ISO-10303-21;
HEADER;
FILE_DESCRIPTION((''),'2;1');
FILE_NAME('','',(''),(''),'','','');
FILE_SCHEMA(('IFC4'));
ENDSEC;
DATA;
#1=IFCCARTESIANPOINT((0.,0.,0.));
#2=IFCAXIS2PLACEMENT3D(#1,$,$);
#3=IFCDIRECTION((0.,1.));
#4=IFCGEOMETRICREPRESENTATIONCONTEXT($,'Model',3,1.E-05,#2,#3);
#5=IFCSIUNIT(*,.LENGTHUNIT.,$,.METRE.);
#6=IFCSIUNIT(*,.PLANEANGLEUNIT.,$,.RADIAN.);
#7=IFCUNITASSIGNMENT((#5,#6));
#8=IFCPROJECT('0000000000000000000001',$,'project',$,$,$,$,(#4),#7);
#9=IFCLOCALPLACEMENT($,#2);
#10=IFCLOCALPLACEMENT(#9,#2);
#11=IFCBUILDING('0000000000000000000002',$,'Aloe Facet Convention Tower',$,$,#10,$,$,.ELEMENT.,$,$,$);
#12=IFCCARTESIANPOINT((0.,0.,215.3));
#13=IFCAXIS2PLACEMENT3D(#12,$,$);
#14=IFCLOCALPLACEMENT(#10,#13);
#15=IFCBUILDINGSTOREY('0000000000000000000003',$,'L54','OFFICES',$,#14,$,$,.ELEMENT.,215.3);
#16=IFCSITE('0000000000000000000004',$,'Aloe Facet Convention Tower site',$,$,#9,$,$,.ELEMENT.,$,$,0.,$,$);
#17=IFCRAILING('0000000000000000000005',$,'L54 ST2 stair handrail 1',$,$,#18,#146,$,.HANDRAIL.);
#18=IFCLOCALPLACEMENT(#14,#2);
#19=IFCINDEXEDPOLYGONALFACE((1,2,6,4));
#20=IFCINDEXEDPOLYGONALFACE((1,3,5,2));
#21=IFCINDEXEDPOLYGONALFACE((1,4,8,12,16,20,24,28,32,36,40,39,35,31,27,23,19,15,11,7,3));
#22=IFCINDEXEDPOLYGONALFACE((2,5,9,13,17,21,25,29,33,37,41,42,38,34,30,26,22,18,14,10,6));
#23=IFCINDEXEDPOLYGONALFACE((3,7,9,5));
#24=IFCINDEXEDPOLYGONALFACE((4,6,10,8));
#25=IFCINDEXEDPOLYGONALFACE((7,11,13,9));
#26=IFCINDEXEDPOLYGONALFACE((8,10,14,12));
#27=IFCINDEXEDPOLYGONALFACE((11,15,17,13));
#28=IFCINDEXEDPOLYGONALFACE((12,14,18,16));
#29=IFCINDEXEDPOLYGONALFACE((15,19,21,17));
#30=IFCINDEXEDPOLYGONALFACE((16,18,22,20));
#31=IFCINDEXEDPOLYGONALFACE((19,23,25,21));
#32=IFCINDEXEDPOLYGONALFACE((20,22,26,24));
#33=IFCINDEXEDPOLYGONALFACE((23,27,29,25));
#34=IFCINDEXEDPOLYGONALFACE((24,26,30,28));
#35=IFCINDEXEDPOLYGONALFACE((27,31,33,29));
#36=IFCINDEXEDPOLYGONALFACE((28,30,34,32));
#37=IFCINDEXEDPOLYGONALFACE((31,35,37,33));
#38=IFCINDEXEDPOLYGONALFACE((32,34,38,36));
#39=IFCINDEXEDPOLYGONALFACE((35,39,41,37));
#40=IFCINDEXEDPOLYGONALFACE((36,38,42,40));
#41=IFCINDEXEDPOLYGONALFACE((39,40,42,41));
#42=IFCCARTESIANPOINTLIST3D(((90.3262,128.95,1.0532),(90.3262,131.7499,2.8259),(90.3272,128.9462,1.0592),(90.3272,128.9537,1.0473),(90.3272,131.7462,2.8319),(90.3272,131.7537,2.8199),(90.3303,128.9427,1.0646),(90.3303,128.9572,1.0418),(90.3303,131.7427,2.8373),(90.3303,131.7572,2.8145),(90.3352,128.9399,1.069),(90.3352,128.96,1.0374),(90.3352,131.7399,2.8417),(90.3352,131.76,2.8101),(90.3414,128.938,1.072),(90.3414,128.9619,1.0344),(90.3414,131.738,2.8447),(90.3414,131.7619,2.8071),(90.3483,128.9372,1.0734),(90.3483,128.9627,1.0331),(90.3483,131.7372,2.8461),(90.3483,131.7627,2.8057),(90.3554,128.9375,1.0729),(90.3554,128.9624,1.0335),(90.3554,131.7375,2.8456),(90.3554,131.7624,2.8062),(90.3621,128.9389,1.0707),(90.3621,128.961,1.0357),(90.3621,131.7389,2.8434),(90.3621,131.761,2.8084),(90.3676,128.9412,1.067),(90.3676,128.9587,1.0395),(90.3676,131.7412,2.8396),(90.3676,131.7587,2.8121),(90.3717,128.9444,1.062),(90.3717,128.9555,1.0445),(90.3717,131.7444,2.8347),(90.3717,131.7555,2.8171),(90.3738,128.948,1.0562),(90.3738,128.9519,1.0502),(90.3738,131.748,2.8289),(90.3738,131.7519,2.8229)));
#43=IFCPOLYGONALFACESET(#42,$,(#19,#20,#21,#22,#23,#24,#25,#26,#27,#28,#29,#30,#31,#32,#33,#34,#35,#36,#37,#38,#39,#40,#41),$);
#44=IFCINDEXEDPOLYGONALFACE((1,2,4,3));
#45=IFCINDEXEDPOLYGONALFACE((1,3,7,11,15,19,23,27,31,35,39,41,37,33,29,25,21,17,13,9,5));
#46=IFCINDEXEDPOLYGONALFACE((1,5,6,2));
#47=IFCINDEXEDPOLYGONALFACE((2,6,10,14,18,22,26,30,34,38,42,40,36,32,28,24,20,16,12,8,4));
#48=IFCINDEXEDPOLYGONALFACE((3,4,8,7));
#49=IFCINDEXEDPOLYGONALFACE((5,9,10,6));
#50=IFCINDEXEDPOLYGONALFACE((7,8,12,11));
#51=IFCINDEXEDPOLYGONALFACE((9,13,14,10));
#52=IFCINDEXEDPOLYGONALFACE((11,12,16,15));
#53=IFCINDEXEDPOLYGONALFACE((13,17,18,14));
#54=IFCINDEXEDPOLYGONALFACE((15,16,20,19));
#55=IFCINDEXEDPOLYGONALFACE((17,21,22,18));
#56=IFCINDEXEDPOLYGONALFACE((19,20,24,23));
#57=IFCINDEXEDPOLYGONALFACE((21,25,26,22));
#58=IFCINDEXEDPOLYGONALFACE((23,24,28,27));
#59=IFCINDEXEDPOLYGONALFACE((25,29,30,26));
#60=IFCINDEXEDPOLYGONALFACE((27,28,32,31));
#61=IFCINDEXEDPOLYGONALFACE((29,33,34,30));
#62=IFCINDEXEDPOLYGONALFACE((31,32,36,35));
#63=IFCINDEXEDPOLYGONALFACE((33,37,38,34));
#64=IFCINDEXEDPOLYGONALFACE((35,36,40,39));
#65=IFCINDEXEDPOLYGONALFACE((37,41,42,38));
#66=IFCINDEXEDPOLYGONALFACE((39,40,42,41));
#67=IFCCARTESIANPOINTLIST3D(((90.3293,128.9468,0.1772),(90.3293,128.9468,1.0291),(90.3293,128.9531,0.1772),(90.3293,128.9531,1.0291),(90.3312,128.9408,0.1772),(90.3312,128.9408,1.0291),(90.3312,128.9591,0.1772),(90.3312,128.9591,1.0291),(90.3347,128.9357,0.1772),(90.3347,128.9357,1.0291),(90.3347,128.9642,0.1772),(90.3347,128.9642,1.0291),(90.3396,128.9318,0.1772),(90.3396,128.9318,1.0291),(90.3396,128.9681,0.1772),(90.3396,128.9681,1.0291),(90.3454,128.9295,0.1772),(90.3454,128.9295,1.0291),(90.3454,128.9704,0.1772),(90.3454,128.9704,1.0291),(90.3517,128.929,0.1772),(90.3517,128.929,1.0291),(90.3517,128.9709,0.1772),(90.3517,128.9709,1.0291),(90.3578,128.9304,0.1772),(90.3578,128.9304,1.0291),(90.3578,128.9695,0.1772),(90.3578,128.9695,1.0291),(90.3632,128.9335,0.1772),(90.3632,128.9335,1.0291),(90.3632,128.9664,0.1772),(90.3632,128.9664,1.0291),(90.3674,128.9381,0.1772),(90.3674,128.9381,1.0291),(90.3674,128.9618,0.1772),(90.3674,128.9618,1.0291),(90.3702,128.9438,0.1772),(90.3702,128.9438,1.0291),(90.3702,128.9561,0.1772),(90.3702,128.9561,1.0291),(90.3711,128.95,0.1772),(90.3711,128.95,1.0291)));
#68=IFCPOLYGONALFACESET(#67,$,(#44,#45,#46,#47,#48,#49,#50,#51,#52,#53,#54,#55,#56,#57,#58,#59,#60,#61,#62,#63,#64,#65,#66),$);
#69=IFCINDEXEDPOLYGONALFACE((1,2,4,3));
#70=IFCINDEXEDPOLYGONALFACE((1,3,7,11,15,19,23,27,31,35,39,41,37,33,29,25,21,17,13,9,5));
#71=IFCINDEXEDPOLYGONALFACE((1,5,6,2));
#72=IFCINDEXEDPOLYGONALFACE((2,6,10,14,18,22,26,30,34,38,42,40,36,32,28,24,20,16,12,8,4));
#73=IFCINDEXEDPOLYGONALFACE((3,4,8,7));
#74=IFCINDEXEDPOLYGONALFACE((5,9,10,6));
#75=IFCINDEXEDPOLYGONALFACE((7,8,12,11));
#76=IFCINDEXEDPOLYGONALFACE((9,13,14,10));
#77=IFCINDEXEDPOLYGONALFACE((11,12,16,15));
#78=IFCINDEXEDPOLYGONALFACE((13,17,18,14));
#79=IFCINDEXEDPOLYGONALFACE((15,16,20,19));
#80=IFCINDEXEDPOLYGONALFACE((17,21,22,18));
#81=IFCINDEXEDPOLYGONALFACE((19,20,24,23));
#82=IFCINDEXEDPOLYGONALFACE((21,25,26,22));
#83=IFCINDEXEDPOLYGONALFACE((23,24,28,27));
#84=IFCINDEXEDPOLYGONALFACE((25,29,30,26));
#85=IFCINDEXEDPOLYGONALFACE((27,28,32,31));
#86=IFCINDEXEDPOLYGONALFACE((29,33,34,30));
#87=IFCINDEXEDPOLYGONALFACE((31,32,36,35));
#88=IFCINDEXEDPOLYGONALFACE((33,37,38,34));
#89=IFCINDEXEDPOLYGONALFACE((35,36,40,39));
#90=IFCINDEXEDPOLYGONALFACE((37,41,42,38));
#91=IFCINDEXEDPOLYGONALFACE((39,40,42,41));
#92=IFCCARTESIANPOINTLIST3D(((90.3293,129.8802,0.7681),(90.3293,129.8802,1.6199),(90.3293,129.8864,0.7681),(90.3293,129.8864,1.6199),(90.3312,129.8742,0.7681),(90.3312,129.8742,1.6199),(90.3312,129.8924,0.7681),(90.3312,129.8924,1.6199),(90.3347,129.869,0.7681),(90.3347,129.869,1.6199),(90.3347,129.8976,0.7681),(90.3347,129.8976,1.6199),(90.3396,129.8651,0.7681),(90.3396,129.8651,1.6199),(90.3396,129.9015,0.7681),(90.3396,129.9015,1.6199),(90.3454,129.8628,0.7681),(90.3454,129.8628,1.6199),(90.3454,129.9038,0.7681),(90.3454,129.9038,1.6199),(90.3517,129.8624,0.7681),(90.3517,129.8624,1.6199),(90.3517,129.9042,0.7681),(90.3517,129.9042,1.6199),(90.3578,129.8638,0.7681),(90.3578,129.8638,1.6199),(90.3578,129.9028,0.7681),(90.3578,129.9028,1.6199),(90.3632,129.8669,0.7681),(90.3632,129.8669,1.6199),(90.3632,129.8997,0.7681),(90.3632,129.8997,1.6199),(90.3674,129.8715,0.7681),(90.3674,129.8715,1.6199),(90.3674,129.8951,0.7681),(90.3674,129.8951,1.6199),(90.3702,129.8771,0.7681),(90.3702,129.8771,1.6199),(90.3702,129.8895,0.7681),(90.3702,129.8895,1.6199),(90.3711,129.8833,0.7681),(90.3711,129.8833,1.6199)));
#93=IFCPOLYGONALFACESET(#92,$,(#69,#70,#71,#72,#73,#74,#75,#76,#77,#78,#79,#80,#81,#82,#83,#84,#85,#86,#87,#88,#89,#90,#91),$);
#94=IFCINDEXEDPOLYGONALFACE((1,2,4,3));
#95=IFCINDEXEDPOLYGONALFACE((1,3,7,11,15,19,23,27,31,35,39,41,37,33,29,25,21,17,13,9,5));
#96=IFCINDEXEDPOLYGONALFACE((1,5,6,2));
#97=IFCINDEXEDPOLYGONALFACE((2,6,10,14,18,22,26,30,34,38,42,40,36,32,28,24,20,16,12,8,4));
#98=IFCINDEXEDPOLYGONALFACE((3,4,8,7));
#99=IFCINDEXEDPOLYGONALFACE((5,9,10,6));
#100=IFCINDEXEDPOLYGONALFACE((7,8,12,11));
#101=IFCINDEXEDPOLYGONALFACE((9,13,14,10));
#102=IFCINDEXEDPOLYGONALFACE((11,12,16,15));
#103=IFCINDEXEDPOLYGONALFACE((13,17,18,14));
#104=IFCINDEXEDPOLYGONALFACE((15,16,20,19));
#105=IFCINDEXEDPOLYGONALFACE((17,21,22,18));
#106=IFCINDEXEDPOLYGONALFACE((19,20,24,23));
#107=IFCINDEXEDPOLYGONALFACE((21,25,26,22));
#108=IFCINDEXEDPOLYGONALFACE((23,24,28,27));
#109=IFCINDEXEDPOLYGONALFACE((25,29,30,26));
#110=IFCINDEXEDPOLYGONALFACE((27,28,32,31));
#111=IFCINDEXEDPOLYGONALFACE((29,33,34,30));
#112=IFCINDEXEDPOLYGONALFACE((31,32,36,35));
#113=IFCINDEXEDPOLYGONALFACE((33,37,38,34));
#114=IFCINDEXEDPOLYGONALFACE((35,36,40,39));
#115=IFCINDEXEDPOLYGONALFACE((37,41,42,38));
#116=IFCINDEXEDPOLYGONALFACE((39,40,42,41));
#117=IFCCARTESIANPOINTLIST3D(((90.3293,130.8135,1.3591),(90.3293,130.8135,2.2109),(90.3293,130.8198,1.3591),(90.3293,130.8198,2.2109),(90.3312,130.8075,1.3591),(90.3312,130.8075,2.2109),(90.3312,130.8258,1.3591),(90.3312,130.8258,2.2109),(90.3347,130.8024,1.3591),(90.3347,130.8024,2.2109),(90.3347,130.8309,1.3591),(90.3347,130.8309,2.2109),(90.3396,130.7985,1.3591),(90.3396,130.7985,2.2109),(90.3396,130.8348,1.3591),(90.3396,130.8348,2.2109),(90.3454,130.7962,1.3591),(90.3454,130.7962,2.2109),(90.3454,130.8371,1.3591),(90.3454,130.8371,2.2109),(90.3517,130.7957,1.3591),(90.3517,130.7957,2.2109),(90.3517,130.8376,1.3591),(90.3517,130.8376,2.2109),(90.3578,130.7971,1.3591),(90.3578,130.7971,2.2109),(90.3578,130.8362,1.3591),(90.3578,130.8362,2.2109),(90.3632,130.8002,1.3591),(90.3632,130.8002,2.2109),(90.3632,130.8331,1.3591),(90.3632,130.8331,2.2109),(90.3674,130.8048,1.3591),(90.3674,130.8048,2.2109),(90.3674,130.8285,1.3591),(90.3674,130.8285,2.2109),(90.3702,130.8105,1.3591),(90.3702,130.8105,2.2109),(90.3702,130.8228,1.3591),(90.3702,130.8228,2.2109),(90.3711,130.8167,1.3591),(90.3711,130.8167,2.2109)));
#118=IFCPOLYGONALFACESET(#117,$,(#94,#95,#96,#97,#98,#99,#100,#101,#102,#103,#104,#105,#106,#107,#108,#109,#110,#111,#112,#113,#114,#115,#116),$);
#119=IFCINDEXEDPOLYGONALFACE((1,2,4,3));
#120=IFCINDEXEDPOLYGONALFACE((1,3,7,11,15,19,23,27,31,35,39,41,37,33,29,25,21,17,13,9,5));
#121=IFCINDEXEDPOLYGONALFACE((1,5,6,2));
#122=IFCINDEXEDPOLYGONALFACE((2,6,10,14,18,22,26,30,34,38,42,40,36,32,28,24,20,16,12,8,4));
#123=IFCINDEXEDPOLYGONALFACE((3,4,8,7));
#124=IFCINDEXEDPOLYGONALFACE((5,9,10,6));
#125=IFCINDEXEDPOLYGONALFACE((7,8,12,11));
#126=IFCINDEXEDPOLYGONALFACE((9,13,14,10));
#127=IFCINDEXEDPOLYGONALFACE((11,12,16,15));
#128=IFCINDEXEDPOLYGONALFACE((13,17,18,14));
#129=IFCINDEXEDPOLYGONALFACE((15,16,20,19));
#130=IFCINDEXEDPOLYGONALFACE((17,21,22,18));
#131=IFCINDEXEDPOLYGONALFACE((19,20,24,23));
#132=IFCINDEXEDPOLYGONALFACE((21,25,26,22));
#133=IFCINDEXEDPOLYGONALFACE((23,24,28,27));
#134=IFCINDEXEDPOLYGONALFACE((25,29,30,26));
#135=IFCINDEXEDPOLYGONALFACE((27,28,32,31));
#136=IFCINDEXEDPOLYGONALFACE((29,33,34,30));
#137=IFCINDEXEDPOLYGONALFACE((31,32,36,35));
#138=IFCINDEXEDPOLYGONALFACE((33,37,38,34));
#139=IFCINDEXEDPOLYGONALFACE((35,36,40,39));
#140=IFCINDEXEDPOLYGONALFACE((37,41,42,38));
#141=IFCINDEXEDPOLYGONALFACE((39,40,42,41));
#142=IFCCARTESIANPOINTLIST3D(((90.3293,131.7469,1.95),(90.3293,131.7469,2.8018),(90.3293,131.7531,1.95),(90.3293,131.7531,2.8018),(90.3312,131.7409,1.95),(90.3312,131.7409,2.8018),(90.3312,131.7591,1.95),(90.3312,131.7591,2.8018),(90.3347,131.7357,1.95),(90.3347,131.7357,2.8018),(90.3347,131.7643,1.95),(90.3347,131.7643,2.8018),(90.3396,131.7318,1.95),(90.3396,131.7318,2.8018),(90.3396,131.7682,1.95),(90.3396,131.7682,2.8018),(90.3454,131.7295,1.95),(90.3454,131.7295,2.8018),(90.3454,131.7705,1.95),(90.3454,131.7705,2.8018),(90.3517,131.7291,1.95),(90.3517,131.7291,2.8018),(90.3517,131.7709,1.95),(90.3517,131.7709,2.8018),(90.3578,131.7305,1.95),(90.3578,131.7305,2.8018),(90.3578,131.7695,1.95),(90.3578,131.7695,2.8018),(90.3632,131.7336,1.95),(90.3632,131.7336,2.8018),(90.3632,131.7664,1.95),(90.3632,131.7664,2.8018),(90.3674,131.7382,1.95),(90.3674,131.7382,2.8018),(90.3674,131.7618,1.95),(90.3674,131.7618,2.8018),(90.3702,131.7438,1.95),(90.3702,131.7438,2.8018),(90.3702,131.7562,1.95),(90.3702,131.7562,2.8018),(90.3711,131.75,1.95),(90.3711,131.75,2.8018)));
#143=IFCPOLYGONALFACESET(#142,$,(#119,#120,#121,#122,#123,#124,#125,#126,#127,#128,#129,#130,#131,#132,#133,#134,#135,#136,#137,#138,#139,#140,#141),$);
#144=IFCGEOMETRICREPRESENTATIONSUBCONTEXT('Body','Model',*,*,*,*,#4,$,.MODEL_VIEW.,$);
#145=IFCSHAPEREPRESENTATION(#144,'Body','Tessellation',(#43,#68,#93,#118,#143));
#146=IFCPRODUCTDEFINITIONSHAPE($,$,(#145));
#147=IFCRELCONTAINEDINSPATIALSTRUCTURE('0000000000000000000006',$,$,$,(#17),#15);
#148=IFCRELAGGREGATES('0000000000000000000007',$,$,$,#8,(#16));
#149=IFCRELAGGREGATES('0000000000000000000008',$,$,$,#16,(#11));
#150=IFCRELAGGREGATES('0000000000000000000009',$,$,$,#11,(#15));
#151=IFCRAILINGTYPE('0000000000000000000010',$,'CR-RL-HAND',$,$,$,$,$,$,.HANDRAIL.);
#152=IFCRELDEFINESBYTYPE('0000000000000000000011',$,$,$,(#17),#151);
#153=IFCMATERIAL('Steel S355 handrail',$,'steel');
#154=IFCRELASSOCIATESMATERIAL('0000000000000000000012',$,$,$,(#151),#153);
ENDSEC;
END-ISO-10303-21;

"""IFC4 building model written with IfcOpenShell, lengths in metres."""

from ifc_helpers import new_model, si_unit, direction, frame, origin, origin_2d, place, context, subcontext, project, spatial, circle, extrude, material, type_object, element, save


model = new_model("IFC4")

# Units and contexts
model_context = context("Model", 3, precision=1e-05, world=origin(), true_north=direction((0.0, 1.0)))
body_context = subcontext(model_context, "Body", "Model", "MODEL_VIEW")
ifc_project = project(units=[si_unit("LENGTHUNIT", "METRE"), si_unit("PLANEANGLEUNIT", "RADIAN")], contexts=[model_context])

# Site, building, storey
site_placement = place(None, origin())
site = spatial("IfcSite", under=ifc_project, at=site_placement, Name="Aloe Facet Convention Tower site", CompositionType="ELEMENT", RefElevation=0.0)
building_placement = place(site_placement, origin())
building = spatial("IfcBuilding", under=site, at=building_placement, Name="Aloe Facet Convention Tower", CompositionType="ELEMENT")
storey_placement = place(building_placement, frame((0.0, 0.0, 215.3)))
storey = spatial("IfcBuildingStorey", under=building, at=storey_placement, Name="L54", Description="OFFICES", CompositionType="ELEMENT", Elevation=215.3)

# Railing
ifc_material_1 = material(Name="Steel S355 handrail", Category="steel")
railing_type_1 = type_object("IfcRailingType", Name="CR-RL-HAND", PredefinedType="HANDRAIL", material=ifc_material_1)
railing_1_placement = place(storey_placement, frame((90.3501, 128.95, 0.1772)))
element("IfcRailing", 1, at=railing_1_placement, inside=storey, type_object=railing_type_1, Name="L54 ST2 stair handrail 1", PredefinedType="HANDRAIL", context=body_context, shape_type="SweptSolid", body=[
    extrude(circle(Radius=0.0239, at=origin_2d()), frame((0.0, 0.0, 0.876), z_axis=(0.0, 0.844909, 0.53491), x_axis=(-1.0, 0.0, 0.0)), (0.0, 0.0, 1.0), 3.314),
    extrude(circle(Radius=0.021, at=origin_2d()), origin(), (0.0, 0.0, 1.0), 0.8518),
    extrude(circle(Radius=0.021, at=origin_2d()), frame((0.0, 0.9333, 0.5908)), (0.0, 0.0, 1.0), 0.8518),
    extrude(circle(Radius=0.021, at=origin_2d()), frame((0.0, 1.8667, 1.1819)), (0.0, 0.0, 1.0), 0.8518),
    extrude(circle(Radius=0.021, at=origin_2d()), frame((0.0, 2.8, 1.7727)), (0.0, 0.0, 1.0), 0.8518),
])

save(model, "model.ifc")
